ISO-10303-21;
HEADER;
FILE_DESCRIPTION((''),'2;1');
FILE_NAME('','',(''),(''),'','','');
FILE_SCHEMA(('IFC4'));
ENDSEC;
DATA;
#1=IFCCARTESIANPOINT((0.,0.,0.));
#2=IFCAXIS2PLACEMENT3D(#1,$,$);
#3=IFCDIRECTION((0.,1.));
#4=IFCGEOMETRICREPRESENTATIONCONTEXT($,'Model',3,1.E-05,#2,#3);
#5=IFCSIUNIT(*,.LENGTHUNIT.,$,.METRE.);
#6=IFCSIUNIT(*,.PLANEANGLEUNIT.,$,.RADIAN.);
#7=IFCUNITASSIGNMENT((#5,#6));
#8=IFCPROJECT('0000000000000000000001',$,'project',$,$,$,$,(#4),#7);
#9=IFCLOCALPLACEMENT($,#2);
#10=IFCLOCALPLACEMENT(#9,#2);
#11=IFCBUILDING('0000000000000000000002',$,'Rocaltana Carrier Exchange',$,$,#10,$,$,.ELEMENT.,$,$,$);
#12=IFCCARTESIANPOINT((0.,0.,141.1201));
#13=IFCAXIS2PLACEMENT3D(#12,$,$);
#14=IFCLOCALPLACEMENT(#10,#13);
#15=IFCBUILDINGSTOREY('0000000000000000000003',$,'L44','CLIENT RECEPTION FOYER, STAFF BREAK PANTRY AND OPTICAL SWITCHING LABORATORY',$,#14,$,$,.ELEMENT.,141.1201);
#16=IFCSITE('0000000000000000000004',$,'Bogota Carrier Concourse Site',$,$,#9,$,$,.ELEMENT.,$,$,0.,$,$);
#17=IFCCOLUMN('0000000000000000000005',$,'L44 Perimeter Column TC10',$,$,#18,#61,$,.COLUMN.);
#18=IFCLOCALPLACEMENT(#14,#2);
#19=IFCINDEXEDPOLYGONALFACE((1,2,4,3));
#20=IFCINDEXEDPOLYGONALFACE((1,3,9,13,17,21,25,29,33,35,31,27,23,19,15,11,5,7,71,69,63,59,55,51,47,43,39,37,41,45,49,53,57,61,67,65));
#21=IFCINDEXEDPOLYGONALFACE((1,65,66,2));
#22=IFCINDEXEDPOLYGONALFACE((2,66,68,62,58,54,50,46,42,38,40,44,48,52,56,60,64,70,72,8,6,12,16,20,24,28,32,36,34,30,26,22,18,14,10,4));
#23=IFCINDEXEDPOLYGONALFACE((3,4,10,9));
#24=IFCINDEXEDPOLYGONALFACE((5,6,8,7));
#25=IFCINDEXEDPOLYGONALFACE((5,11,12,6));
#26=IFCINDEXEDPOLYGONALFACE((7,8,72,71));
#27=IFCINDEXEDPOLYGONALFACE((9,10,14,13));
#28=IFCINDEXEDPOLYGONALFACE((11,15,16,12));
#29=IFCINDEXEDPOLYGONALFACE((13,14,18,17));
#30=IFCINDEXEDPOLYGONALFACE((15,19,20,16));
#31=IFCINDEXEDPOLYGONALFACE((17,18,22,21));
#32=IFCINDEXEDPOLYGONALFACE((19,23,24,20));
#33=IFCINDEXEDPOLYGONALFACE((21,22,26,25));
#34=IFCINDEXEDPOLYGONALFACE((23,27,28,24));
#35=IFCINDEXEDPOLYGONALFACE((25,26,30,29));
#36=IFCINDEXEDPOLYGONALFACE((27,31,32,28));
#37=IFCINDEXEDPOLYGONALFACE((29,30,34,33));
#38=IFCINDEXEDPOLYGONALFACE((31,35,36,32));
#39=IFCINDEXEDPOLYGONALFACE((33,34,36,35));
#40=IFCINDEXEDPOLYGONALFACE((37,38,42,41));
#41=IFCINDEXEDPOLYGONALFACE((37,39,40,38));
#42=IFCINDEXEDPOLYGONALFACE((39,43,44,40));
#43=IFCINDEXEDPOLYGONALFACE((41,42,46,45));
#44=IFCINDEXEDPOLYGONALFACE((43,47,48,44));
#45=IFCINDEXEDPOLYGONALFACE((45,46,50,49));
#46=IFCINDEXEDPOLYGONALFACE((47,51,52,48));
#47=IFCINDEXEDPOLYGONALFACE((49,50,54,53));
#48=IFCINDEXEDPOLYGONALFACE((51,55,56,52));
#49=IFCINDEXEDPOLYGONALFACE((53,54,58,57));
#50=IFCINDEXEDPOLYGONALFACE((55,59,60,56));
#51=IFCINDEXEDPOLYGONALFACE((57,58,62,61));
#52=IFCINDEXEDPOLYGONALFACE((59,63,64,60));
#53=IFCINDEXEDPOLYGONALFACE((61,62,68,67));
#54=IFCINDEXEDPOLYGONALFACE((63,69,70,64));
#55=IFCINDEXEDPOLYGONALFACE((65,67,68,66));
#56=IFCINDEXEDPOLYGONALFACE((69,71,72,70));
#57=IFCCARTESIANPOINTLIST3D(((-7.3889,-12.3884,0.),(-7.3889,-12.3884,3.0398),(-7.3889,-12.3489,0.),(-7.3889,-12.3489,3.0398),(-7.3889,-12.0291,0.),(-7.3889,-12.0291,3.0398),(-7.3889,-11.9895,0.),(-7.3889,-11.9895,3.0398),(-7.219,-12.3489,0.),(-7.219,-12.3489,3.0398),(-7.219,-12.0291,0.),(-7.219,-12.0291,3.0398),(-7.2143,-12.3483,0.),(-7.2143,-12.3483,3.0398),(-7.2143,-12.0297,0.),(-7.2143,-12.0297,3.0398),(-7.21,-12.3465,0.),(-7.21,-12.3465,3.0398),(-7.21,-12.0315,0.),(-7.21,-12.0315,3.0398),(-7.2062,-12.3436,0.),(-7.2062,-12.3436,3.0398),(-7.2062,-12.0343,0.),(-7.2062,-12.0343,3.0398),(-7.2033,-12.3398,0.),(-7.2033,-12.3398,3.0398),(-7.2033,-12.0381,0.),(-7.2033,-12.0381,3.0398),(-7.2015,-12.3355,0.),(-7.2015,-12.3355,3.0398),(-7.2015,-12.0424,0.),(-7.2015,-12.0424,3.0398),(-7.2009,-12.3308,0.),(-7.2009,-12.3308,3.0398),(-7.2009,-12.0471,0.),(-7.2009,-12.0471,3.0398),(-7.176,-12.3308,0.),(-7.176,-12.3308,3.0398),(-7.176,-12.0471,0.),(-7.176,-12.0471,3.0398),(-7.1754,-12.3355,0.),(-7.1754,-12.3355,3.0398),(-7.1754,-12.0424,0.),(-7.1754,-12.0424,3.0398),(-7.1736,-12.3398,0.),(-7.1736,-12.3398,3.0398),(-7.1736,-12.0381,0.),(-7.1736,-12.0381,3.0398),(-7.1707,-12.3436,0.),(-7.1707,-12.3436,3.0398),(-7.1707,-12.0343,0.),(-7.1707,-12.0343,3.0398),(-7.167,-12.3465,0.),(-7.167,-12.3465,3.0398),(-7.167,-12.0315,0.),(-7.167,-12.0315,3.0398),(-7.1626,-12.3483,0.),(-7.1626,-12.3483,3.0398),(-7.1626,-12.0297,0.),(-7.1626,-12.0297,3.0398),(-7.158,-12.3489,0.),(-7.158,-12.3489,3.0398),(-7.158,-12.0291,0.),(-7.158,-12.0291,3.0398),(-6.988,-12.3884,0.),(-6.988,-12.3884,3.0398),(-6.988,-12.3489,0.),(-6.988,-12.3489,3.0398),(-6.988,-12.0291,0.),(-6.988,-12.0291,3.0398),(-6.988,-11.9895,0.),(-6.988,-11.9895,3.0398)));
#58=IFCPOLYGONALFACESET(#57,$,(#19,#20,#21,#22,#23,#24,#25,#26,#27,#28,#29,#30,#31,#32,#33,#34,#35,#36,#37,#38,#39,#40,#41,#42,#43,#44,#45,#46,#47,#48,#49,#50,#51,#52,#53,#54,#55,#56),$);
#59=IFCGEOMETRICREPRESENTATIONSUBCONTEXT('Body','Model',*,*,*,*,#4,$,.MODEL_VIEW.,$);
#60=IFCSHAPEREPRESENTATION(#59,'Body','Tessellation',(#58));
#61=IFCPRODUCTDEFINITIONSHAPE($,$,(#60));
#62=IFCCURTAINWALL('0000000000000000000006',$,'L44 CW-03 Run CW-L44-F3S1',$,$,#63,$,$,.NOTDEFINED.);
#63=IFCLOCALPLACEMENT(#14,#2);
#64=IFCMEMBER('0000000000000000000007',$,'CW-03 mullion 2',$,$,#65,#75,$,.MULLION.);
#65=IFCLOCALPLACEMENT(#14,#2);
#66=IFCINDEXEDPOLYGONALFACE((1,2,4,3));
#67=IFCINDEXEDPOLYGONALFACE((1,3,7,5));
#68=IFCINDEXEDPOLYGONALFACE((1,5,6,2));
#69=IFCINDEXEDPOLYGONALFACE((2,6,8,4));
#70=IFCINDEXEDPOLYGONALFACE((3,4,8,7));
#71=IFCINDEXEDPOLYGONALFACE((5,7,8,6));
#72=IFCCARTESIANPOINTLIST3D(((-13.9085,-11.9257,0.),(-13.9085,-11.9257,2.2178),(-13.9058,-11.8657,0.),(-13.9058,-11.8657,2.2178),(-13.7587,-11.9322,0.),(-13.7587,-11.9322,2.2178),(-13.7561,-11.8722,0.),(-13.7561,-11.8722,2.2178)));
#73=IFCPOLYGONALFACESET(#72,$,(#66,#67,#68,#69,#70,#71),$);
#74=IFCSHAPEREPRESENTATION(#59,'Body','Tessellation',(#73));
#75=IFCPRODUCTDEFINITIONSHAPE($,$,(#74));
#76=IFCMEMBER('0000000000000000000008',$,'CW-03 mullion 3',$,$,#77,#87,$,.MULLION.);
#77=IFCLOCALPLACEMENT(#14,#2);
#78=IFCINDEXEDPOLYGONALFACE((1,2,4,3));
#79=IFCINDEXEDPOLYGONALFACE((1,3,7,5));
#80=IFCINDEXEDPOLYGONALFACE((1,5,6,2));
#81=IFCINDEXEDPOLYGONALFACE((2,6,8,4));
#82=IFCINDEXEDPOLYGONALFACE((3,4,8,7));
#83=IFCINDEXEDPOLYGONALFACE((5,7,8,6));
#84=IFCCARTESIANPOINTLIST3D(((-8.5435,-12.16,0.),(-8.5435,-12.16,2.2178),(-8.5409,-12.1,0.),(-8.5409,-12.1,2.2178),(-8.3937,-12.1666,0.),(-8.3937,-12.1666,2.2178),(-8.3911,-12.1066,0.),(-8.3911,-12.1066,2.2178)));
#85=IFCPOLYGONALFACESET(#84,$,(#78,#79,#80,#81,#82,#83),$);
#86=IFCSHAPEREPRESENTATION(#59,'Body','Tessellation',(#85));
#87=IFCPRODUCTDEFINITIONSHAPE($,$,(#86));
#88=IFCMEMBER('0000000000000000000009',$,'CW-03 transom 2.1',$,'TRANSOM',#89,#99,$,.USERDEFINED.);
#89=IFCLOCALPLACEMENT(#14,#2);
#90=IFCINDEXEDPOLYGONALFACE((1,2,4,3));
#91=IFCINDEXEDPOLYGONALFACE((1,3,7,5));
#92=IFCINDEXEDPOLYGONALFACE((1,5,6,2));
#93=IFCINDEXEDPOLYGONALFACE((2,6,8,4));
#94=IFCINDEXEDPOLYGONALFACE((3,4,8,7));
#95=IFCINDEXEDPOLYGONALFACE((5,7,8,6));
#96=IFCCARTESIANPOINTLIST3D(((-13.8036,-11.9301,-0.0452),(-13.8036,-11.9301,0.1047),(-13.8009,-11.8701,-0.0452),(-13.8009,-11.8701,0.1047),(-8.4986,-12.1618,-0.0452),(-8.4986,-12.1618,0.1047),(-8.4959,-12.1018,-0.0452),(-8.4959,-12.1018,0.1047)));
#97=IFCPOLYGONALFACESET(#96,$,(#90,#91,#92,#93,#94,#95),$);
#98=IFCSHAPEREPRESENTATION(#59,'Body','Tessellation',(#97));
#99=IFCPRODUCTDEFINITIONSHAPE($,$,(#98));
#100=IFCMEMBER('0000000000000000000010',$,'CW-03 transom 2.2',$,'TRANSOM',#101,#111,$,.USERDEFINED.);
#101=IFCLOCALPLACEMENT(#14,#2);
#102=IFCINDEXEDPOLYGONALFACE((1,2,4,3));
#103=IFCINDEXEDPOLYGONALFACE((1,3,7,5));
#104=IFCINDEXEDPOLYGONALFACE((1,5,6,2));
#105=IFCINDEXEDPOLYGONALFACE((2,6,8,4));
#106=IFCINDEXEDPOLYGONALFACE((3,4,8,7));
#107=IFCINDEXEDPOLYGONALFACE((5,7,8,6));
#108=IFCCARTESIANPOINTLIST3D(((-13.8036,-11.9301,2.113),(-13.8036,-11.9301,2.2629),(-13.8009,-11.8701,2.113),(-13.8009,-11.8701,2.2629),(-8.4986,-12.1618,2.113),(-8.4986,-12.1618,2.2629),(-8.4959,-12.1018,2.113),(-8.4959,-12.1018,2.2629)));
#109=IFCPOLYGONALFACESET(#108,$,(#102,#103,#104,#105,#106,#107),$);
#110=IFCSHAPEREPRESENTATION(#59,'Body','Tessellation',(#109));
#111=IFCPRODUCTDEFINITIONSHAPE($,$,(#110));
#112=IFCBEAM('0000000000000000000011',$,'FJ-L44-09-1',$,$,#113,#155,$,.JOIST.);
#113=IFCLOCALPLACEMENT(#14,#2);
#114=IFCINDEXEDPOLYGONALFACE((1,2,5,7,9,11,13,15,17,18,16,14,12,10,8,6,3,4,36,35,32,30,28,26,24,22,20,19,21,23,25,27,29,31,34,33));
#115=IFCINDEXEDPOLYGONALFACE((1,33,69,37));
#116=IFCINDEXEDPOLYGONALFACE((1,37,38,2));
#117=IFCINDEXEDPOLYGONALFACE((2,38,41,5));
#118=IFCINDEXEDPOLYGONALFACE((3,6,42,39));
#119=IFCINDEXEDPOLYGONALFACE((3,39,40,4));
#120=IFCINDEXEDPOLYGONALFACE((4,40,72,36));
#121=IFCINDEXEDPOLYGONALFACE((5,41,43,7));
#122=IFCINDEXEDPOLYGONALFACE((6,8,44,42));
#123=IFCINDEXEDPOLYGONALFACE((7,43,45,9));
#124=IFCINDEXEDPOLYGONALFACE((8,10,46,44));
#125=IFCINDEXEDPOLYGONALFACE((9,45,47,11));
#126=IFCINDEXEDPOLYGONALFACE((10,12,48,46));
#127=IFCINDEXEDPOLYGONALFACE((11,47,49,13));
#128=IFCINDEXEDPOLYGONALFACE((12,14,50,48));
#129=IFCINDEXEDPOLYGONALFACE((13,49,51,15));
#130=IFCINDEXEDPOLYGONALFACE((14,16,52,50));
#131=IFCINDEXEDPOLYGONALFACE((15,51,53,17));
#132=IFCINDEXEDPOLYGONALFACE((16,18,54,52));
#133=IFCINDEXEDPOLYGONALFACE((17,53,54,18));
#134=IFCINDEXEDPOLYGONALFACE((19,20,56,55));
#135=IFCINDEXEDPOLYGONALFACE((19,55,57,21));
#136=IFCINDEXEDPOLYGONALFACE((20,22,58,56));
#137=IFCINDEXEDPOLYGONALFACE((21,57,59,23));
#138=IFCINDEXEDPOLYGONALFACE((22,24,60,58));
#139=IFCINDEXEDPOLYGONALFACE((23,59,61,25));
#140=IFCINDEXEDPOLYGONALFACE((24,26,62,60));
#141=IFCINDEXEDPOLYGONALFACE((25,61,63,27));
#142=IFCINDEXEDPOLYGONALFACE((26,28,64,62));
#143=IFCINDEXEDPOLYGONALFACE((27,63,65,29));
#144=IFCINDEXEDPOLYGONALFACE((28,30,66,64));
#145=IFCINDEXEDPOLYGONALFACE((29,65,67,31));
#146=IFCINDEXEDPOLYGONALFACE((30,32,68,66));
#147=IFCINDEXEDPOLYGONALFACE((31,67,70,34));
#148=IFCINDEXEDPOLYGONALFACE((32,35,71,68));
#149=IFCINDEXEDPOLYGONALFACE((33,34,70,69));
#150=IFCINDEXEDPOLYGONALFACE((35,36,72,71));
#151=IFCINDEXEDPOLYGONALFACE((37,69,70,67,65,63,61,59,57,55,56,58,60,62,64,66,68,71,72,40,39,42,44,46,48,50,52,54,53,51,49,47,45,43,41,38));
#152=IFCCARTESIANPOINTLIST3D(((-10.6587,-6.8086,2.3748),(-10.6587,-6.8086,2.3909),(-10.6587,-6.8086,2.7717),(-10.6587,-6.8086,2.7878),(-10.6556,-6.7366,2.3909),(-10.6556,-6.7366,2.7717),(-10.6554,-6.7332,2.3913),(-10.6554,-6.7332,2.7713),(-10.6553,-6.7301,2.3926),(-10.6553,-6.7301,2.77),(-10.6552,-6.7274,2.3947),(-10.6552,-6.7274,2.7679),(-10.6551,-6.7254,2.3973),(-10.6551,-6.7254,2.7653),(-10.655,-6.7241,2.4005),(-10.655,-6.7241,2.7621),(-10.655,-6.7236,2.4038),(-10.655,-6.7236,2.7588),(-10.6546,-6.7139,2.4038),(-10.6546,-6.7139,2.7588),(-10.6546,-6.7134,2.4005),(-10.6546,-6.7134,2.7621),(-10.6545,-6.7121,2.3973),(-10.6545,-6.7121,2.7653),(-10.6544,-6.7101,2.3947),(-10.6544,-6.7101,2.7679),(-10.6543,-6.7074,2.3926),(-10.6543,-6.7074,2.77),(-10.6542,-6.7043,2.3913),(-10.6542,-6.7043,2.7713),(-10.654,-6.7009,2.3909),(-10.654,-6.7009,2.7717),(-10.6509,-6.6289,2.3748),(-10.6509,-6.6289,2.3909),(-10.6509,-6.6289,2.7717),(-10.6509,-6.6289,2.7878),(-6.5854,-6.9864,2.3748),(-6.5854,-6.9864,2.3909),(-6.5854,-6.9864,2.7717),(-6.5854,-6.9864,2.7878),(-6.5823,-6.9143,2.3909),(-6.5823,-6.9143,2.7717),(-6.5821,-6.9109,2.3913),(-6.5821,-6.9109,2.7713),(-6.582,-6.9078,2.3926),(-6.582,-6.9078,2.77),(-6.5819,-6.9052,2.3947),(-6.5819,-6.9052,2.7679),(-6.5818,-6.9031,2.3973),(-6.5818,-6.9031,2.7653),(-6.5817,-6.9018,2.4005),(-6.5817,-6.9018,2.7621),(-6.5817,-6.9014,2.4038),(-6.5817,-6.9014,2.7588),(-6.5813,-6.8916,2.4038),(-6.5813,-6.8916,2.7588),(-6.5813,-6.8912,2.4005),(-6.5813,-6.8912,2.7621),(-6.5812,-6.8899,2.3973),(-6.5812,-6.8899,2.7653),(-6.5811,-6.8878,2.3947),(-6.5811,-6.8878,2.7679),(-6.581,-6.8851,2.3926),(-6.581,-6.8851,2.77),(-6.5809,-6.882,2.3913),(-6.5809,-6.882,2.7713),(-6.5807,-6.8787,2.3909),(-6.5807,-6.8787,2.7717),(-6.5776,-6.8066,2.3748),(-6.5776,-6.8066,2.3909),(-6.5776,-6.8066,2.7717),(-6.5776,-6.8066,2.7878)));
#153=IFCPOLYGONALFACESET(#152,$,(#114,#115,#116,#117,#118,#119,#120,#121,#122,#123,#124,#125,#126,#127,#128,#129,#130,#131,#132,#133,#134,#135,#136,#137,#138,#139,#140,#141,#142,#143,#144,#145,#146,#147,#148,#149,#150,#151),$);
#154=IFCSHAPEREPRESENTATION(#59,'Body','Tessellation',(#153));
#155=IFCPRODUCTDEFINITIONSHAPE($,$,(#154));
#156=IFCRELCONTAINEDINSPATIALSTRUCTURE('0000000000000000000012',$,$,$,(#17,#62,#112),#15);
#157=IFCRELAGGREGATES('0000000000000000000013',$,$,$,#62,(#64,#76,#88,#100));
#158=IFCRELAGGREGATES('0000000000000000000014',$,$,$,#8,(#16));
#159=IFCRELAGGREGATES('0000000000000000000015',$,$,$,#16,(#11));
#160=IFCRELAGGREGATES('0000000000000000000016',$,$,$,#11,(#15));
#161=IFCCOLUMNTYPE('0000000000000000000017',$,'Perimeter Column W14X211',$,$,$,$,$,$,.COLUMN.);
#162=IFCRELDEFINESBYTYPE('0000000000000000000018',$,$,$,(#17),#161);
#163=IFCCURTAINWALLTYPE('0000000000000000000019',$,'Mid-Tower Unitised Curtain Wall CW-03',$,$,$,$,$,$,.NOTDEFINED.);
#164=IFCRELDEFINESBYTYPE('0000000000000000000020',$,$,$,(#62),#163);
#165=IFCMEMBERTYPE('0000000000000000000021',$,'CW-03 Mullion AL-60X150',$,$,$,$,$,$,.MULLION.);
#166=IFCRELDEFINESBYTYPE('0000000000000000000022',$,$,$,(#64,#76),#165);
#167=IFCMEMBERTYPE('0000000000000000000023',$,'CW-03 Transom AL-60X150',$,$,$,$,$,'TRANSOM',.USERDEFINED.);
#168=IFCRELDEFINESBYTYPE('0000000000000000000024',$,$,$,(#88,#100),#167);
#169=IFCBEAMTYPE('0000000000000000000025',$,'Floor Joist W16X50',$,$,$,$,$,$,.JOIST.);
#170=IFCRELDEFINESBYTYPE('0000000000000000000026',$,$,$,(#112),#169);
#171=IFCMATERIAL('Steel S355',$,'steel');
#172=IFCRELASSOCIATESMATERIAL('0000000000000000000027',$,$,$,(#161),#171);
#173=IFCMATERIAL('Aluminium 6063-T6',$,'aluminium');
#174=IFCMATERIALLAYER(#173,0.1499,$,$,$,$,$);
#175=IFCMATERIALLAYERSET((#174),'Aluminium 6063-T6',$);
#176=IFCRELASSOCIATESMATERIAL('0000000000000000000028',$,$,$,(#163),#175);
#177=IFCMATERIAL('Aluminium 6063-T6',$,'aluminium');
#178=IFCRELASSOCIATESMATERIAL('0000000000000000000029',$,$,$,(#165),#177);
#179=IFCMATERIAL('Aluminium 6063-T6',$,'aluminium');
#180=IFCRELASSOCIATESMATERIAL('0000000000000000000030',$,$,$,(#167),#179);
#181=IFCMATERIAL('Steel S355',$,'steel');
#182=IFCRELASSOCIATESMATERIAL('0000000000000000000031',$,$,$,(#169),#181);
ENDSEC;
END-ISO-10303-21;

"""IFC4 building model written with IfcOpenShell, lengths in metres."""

from ifc_helpers import new_model, si_unit, direction, frame, origin, origin_2d, place, context, subcontext, project, spatial, rectangle, i_section, extrude, material, layer, layer_set, material_profile, profile_set, type_object, element, aggregate, save


model = new_model("IFC4")

# Units and contexts
model_context = context("Model", 3, precision=1e-05, world=origin(), true_north=direction((0.0, 1.0)))
body_context = subcontext(model_context, "Body", "Model", "MODEL_VIEW")
ifc_project = project(units=[si_unit("LENGTHUNIT", "METRE"), si_unit("PLANEANGLEUNIT", "RADIAN")], contexts=[model_context])

# Site, building, storey
site_placement = place(None, origin())
site = spatial("IfcSite", under=ifc_project, at=site_placement, Name="Bogota Carrier Concourse Site", CompositionType="ELEMENT", RefElevation=0.0)
building_placement = place(site_placement, origin())
building = spatial("IfcBuilding", under=site, at=building_placement, Name="Rocaltana Carrier Exchange", CompositionType="ELEMENT")
storey_placement = place(building_placement, frame((0.0, 0.0, 141.1201)))
storey = spatial("IfcBuildingStorey", under=building, at=storey_placement, Name="L44", Description="CLIENT RECEPTION FOYER, STAFF BREAK PANTRY AND OPTICAL SWITCHING LABORATORY", CompositionType="ELEMENT", Elevation=141.1201)

# Column
ifc_material_1 = material(Name="Steel S355", Category="steel")
ifc_material_profile_1 = material_profile(ifc_material_1, i_section(OverallWidth=0.4009, OverallDepth=0.3989, WebThickness=0.0249, FlangeThickness=0.0396, FilletRadius=0.0181, at=origin_2d()), Name="W14X211")
ifc_profile_set_1 = profile_set([ifc_material_profile_1], Name="Steel S355")
column_type = type_object("IfcColumnType", Name="Perimeter Column W14X211", PredefinedType="COLUMN", material=ifc_profile_set_1)
column_placement = place(storey_placement, frame((-7.1885, -12.189, 0.0), z_axis=(0.0, 0.0, 1.0), x_axis=(1.0, 0.0, 0.0)))
element("IfcColumn", 1, at=column_placement, inside=storey, type_object=column_type, Name="L44 Perimeter Column TC10", PredefinedType="COLUMN", context=body_context, shape_type="SweptSolid", body=[
    extrude(i_section(OverallWidth=0.4009, OverallDepth=0.3989, WebThickness=0.0249, FlangeThickness=0.0396, FilletRadius=0.0181, at=origin_2d()), origin(), (0.0, 0.0, 1.0), 3.0398),
])

# Curtain wall, members
ifc_material_2 = material(Name="Aluminium 6063-T6", Category="aluminium")
ifc_layer_1 = layer(ifc_material_2, 0.1499)
ifc_layer_set_1 = layer_set([ifc_layer_1], Name="Aluminium 6063-T6")
curtain_wall_type = type_object("IfcCurtainWallType", Name="Mid-Tower Unitised Curtain Wall CW-03", PredefinedType="NOTDEFINED", material=ifc_layer_set_1)
curtain_wall_1_placement = place(storey_placement, origin())
curtain_wall_1 = element("IfcCurtainWall", 2, at=curtain_wall_1_placement, inside=storey, type_object=curtain_wall_type, Name="L44 CW-03 Run CW-L44-F3S1", PredefinedType="NOTDEFINED")
ifc_material_3 = material(Name="Aluminium 6063-T6", Category="aluminium")
ifc_material_profile_2 = material_profile(ifc_material_3, rectangle(XDim=0.0601, YDim=0.1499, at=origin_2d()), Name="AL-60X150")
ifc_profile_set_2 = profile_set([ifc_material_profile_2], Name="Aluminium 6063-T6")
member_type_1 = type_object("IfcMemberType", Name="CW-03 Mullion AL-60X150", PredefinedType="MULLION", material=ifc_profile_set_2)
member_1_placement = place(storey_placement, frame((-13.8323, -11.8989, 0.0), z_axis=(0.0, 0.0, 1.0), x_axis=(0.043629, 0.999048, 0.0)))
member_1 = element("IfcMember", 3, at=member_1_placement, type_object=member_type_1, Name="CW-03 mullion 2", PredefinedType="MULLION", context=body_context, shape_type="SweptSolid", body=[
    extrude(rectangle(XDim=0.0601, YDim=0.1499, at=origin_2d()), origin(), (0.0, 0.0, 1.0), 2.2178),
])
member_2_placement = place(storey_placement, frame((-8.4673, -12.1333, 0.0), z_axis=(0.0, 0.0, 1.0), x_axis=(0.043629, 0.999048, 0.0)))
member_2 = element("IfcMember", 4, at=member_2_placement, type_object=member_type_1, Name="CW-03 mullion 3", PredefinedType="MULLION", context=body_context, shape_type="SweptSolid", body=[
    extrude(rectangle(XDim=0.0601, YDim=0.1499, at=origin_2d()), origin(), (0.0, 0.0, 1.0), 2.2178),
])
ifc_material_4 = material(Name="Aluminium 6063-T6", Category="aluminium")
ifc_material_profile_3 = material_profile(ifc_material_4, rectangle(XDim=0.0601, YDim=0.1499, at=origin_2d()), Name="AL-60X150")
ifc_profile_set_3 = profile_set([ifc_material_profile_3], Name="Aluminium 6063-T6")
member_type_2 = type_object("IfcMemberType", Name="CW-03 Transom AL-60X150", ElementType="TRANSOM", PredefinedType="USERDEFINED", material=ifc_profile_set_3)
member_3_placement = place(storey_placement, frame((-13.8022, -11.9001, 0.0298), z_axis=(0.999048, -0.043633, 0.0), x_axis=(0.043633, 0.999048, 0.0)))
member_3 = element("IfcMember", 5, at=member_3_placement, type_object=member_type_2, Name="CW-03 transom 2.1", ObjectType="TRANSOM", PredefinedType="USERDEFINED", context=body_context, shape_type="SweptSolid", body=[
    extrude(rectangle(XDim=0.0601, YDim=0.1499, at=origin_2d()), origin(), (0.0, 0.0, 1.0), 5.3101),
])
member_4_placement = place(storey_placement, frame((-13.8022, -11.9001, 2.188), z_axis=(0.999048, -0.043633, 0.0), x_axis=(0.043633, 0.999048, 0.0)))
member_4 = element("IfcMember", 6, at=member_4_placement, type_object=member_type_2, Name="CW-03 transom 2.2", ObjectType="TRANSOM", PredefinedType="USERDEFINED", context=body_context, shape_type="SweptSolid", body=[
    extrude(rectangle(XDim=0.0601, YDim=0.1499, at=origin_2d()), origin(), (0.0, 0.0, 1.0), 5.3101),
])

# Beam
ifc_material_5 = material(Name="Steel S355", Category="steel")
ifc_material_profile_4 = material_profile(ifc_material_5, i_section(OverallWidth=0.1799, OverallDepth=0.4131, WebThickness=0.0098, FlangeThickness=0.0161, FilletRadius=0.0129, at=origin_2d()), Name="W16X50")
ifc_profile_set_4 = profile_set([ifc_material_profile_4], Name="Steel S355")
beam_type_1 = type_object("IfcBeamType", Name="Floor Joist W16X50", PredefinedType="JOIST", material=ifc_profile_set_4)
beam_1_placement = place(storey_placement, frame((-10.6548, -6.7188, 2.5813), z_axis=(0.999049, -0.043593, 0.0), x_axis=(0.043593, 0.999049, 0.0)))
element("IfcBeam", 7, at=beam_1_placement, inside=storey, type_object=beam_type_1, Name="FJ-L44-09-1", PredefinedType="JOIST", context=body_context, shape_type="SweptSolid", body=[
    extrude(i_section(OverallWidth=0.1799, OverallDepth=0.4131, WebThickness=0.0098, FlangeThickness=0.0161, FilletRadius=0.0129, at=origin_2d()), origin(), (0.0, 0.0, 1.0), 4.0771),
])

aggregate(curtain_wall_1, [member_1, member_2, member_3, member_4])

save(model, "model.ifc")
